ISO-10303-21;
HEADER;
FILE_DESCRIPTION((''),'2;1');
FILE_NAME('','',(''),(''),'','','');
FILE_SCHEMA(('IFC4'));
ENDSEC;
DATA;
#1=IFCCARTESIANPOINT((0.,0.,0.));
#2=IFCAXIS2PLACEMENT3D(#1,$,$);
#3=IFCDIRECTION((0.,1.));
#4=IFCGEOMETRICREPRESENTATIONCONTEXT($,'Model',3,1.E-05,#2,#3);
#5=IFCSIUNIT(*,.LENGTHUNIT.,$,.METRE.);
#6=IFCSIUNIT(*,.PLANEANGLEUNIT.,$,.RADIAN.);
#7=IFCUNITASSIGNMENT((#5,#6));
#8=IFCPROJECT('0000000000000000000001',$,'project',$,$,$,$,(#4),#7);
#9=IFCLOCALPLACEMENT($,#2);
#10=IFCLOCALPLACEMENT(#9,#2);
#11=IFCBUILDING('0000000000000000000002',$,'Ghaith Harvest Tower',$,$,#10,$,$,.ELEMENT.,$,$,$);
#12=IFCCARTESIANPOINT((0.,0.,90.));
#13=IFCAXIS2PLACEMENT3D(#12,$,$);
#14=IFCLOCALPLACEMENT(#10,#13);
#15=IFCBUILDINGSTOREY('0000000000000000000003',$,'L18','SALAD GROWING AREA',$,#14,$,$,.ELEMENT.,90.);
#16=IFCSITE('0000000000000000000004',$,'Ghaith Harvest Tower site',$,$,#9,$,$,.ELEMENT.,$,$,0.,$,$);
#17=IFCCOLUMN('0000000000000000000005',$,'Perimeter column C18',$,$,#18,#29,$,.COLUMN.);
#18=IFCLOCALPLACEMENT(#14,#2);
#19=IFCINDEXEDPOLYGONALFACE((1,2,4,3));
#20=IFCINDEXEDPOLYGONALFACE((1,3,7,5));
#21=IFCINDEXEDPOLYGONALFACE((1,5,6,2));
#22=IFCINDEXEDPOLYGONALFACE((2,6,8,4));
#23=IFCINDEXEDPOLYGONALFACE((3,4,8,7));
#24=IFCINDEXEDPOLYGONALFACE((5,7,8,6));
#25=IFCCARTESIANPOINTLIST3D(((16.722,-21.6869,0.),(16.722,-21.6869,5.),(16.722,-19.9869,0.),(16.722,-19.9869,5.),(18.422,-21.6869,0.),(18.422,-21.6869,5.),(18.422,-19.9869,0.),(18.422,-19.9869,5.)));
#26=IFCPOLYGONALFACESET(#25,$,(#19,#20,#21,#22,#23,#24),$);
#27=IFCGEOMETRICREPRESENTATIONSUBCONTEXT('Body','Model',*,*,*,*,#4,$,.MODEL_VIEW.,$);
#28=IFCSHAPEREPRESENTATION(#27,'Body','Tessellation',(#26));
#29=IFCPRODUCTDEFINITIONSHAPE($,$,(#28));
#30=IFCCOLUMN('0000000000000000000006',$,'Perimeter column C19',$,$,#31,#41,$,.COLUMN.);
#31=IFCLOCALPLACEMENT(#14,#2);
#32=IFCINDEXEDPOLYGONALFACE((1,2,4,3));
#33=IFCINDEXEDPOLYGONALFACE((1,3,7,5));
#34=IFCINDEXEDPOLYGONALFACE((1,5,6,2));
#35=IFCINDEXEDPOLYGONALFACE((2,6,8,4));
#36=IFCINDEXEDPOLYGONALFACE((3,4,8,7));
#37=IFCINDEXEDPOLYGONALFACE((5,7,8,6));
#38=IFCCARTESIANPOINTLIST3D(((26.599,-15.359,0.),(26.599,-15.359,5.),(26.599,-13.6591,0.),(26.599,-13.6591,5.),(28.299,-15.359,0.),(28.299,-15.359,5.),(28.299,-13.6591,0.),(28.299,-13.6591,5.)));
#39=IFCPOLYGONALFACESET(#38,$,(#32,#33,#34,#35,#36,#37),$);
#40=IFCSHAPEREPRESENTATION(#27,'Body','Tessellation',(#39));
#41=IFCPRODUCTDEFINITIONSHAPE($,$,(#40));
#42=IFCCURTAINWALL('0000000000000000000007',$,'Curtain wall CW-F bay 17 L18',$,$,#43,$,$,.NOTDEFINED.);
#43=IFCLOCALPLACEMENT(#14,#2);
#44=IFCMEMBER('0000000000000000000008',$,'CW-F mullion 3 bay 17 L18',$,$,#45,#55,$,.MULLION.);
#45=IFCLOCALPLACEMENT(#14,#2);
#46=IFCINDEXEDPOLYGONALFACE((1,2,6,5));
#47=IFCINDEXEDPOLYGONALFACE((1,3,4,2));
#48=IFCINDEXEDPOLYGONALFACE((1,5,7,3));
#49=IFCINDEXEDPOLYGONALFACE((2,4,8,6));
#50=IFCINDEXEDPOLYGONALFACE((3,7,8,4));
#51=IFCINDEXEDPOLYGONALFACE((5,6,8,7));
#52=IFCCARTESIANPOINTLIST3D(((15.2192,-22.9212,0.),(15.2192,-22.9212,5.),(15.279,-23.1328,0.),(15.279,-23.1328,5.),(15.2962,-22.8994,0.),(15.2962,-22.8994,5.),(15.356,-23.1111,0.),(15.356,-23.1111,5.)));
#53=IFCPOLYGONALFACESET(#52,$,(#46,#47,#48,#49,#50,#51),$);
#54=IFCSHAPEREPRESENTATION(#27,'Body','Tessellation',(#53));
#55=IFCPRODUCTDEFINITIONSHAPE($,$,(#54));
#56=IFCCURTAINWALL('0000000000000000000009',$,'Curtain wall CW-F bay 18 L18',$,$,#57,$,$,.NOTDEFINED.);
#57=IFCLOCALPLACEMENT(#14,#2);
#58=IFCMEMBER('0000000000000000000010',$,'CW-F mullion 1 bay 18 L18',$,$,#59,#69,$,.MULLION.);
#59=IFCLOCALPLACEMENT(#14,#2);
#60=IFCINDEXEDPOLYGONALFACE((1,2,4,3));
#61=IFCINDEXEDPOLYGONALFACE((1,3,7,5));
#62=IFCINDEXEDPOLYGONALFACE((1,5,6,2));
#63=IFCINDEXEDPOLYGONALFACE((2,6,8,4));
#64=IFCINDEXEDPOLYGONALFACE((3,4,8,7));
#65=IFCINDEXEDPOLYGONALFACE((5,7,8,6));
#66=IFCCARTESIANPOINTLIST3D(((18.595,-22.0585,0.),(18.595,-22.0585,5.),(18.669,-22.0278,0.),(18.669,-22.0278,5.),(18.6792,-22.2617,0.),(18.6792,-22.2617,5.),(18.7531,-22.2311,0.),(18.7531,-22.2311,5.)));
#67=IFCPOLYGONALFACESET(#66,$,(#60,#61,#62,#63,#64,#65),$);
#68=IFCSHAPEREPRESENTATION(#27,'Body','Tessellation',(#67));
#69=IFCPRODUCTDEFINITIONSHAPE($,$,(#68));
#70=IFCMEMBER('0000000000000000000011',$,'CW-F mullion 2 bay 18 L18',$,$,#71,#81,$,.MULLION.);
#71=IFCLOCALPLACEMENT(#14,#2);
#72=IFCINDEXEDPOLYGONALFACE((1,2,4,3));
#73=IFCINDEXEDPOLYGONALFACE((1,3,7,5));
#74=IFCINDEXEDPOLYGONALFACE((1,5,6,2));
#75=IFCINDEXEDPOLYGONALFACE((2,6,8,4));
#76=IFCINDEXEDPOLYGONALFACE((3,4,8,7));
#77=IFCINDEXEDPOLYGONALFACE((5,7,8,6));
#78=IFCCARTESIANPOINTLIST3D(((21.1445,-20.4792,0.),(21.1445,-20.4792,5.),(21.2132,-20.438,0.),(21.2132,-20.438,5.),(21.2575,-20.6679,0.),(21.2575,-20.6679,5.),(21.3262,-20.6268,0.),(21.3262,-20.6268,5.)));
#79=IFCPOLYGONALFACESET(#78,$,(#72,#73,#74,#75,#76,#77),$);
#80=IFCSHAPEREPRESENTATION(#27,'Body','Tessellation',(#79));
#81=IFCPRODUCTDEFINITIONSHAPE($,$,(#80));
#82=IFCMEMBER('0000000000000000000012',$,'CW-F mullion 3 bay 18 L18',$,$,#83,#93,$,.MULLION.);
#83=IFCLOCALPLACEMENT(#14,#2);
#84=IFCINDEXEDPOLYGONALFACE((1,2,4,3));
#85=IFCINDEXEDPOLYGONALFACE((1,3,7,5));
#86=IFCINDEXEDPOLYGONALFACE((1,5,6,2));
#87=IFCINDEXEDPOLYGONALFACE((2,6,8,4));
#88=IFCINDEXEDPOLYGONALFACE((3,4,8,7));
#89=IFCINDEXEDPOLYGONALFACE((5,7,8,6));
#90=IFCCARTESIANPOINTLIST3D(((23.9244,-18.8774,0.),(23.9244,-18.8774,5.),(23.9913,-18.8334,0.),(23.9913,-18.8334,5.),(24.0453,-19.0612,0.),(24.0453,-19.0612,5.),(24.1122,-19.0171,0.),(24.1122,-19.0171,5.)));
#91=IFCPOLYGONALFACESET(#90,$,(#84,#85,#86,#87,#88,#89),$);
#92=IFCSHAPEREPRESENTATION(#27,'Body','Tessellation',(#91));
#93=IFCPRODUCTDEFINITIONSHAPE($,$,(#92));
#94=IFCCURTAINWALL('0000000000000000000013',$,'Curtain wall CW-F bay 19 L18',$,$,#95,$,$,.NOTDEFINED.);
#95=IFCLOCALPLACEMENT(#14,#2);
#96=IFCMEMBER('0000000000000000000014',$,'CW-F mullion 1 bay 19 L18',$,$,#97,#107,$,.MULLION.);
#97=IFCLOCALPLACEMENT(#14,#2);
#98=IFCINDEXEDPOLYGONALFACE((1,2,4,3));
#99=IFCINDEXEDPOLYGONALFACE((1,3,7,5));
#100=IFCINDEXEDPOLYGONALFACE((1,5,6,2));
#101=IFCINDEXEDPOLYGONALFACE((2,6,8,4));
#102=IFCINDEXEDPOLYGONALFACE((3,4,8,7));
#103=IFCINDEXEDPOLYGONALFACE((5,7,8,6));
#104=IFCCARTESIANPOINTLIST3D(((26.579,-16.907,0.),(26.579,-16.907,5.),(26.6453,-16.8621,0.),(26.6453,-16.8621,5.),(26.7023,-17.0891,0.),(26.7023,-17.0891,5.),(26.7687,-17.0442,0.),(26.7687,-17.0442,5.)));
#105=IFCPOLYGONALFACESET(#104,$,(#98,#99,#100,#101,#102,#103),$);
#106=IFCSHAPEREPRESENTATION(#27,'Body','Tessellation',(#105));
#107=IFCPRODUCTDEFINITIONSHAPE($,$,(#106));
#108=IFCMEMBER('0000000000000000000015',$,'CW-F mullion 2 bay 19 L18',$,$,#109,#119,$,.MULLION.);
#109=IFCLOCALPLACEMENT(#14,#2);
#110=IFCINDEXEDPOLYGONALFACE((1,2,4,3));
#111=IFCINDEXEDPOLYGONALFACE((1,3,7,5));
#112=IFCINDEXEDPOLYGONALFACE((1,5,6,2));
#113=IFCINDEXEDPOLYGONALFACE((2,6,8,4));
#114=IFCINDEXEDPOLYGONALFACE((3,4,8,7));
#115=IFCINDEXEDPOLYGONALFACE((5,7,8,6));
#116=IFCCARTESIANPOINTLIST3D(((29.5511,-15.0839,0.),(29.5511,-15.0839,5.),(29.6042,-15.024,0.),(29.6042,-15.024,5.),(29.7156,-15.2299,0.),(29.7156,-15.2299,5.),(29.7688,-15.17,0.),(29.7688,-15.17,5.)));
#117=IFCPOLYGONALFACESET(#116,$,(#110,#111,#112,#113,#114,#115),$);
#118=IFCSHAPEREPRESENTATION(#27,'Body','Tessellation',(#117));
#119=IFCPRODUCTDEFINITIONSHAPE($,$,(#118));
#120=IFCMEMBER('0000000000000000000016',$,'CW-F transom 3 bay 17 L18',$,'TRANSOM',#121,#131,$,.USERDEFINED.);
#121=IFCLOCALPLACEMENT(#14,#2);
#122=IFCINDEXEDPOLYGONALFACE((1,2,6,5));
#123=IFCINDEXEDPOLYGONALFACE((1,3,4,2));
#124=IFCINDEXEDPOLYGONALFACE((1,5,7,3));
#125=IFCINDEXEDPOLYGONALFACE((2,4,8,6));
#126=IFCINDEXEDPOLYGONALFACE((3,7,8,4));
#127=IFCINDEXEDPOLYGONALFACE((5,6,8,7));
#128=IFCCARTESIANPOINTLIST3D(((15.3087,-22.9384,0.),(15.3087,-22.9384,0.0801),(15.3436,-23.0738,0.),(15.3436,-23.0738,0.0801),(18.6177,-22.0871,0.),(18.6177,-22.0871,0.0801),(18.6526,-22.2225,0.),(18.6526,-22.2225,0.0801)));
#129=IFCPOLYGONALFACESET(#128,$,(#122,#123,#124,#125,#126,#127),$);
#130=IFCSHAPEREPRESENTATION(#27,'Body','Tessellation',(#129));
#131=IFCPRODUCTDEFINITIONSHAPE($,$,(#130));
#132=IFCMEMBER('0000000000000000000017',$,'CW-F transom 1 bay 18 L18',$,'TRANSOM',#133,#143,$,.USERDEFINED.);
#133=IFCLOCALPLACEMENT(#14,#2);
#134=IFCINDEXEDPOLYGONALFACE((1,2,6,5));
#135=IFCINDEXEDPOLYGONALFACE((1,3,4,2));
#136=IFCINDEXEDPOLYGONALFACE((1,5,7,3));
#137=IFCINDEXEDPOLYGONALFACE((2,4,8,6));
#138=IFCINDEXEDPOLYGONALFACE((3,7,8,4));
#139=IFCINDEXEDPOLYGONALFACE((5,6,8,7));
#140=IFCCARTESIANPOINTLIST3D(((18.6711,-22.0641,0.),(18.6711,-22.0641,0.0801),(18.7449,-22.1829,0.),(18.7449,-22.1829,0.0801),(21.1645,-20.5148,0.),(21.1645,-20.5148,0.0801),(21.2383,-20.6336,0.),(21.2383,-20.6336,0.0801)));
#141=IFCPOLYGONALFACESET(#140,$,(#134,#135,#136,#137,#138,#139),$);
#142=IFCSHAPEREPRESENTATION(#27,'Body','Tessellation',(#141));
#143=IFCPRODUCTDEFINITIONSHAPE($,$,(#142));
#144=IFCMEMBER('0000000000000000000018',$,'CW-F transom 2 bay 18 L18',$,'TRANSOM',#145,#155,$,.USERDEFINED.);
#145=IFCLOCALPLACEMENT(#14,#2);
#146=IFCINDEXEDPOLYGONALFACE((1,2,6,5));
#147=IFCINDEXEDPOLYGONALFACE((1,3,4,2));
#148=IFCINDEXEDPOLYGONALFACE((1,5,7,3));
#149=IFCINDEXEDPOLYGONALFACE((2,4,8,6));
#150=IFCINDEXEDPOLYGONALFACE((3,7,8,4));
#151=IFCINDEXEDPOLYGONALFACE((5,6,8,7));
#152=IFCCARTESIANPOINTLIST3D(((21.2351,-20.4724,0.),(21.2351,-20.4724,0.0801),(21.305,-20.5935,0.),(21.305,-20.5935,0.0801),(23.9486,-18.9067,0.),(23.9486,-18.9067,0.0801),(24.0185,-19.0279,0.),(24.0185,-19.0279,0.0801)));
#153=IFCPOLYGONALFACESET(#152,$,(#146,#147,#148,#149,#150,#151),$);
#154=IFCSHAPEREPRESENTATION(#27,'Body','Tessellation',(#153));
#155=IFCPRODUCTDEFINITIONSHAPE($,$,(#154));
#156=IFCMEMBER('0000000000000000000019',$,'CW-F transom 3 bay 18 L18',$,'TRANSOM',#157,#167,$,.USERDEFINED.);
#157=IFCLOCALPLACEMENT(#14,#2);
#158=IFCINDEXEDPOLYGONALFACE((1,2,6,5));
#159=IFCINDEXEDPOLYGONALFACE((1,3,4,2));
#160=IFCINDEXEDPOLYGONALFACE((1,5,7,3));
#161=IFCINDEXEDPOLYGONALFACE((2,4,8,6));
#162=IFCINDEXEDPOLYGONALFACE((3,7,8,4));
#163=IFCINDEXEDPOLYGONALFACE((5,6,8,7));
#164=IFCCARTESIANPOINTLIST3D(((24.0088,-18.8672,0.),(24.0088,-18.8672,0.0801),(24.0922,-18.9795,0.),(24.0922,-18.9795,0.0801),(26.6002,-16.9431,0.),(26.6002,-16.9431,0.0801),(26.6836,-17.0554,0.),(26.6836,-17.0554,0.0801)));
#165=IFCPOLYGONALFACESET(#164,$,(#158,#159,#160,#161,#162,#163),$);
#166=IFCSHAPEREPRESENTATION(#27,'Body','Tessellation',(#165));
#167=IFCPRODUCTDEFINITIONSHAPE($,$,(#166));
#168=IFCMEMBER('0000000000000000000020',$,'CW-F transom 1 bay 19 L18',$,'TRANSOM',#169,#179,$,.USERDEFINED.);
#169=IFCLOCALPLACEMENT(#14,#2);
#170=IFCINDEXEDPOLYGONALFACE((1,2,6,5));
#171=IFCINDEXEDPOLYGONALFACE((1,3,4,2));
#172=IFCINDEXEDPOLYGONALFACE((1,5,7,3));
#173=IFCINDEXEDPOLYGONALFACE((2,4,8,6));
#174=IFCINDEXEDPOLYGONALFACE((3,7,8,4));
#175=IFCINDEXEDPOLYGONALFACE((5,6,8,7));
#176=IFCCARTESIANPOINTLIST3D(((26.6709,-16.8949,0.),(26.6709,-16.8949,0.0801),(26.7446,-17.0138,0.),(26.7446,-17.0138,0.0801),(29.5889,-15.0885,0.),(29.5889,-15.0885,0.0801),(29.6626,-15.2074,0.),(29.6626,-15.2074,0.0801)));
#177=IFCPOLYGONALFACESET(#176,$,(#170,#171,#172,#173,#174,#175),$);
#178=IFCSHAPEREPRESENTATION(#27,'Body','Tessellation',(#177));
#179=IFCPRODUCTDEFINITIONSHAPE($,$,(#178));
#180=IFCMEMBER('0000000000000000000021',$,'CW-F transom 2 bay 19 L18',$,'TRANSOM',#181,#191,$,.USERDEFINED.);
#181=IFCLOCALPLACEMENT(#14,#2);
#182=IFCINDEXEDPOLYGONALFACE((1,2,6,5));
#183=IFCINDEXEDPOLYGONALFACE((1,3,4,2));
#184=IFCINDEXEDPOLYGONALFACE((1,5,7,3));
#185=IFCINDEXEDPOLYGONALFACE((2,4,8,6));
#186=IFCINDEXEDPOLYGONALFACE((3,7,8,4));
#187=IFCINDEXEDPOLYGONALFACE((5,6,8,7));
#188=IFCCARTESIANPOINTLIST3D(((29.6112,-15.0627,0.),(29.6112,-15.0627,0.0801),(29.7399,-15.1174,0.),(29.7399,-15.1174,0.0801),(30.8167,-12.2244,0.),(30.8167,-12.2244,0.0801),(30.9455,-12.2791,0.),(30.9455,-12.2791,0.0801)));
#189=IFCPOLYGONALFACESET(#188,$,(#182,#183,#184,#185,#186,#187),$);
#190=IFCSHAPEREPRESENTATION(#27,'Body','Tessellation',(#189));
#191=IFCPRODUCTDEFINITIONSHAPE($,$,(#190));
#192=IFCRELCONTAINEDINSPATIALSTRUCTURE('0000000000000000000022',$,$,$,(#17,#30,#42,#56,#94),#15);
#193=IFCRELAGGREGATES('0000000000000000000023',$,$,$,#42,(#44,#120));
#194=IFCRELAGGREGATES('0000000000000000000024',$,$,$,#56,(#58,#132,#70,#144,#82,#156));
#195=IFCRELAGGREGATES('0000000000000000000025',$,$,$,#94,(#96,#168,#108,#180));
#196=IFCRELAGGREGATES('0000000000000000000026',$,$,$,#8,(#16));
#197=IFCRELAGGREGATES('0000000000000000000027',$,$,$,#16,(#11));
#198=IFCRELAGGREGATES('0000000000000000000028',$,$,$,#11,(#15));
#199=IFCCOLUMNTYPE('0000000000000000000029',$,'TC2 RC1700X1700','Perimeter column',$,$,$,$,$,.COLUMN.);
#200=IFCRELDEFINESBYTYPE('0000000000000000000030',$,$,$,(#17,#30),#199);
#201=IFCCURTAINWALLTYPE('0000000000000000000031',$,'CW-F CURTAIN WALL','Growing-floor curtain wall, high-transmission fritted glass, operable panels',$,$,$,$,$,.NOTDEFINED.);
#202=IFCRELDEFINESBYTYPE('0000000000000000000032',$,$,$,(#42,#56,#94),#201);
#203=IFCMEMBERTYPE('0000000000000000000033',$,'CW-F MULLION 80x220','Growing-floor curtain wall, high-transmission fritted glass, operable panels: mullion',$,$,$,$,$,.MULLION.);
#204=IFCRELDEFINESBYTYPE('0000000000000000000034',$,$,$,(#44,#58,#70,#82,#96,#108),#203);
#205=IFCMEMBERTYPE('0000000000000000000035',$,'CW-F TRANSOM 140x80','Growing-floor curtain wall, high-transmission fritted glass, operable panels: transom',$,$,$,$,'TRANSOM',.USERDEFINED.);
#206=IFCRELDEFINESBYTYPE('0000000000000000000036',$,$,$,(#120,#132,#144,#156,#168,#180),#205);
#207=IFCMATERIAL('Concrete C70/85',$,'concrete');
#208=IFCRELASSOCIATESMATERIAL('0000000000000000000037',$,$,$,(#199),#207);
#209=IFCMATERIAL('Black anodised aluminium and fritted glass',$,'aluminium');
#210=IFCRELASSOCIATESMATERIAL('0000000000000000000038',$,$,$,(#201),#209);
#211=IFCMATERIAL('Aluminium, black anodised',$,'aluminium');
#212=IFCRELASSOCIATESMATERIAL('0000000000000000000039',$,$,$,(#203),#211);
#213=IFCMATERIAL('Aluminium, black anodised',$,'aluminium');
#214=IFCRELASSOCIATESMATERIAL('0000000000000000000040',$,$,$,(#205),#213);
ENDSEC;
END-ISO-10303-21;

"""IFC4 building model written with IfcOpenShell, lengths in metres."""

from ifc_helpers import new_model, si_unit, direction, frame, origin, origin_2d, place, context, subcontext, project, spatial, rectangle, extrude, material, material_profile, profile_set, type_object, element, aggregate, save


model = new_model("IFC4")

# Units and contexts
model_context = context("Model", 3, precision=1e-05, world=origin(), true_north=direction((0.0, 1.0)))
body_context = subcontext(model_context, "Body", "Model", "MODEL_VIEW")
ifc_project = project(units=[si_unit("LENGTHUNIT", "METRE"), si_unit("PLANEANGLEUNIT", "RADIAN")], contexts=[model_context])

# Site, building, storey
site_placement = place(None, origin())
site = spatial("IfcSite", under=ifc_project, at=site_placement, Name="Ghaith Harvest Tower site", CompositionType="ELEMENT", RefElevation=0.0)
building_placement = place(site_placement, origin())
building = spatial("IfcBuilding", under=site, at=building_placement, Name="Ghaith Harvest Tower", CompositionType="ELEMENT")
storey_placement = place(building_placement, frame((0.0, 0.0, 90.0)))
storey = spatial("IfcBuildingStorey", under=building, at=storey_placement, Name="L18", Description="SALAD GROWING AREA", CompositionType="ELEMENT", Elevation=90.0)

# Columns
ifc_material_1 = material(Name="Concrete C70/85", Category="concrete")
ifc_material_profile_1 = material_profile(ifc_material_1, rectangle(XDim=1.7, YDim=1.7, at=origin_2d()), Name="RC1700X1700")
ifc_profile_set_1 = profile_set([ifc_material_profile_1], Name="Concrete C70/85")
column_type = type_object("IfcColumnType", Name="TC2 RC1700X1700", Description="Perimeter column", PredefinedType="COLUMN", material=ifc_profile_set_1)
for number, where, z_axis, x_axis, name in (
    (1, (17.572, -20.8369, 0.0), (0.0, 0.0, 1.0), (1.0, 0.0, 0.0), "Perimeter column C18"),
    (2, (27.449, -14.509, 0.0), (0.0, 0.0, 1.0), (1.0, 0.0, 0.0), "Perimeter column C19"),
):
    element("IfcColumn", number, at=place(storey_placement, frame(where, z_axis=z_axis, x_axis=x_axis)), inside=storey, type_object=column_type, Name=name, PredefinedType="COLUMN", context=body_context, shape_type="SweptSolid", body=[
        extrude(rectangle(XDim=1.7, YDim=1.7, at=origin_2d()), origin(), (0.0, 0.0, 1.0), 5.0),
    ])

# Curtain wall, member
ifc_material_2 = material(Name="Black anodised aluminium and fritted glass", Category="aluminium")
curtain_wall_type = type_object("IfcCurtainWallType", Name="CW-F CURTAIN WALL", Description="Growing-floor curtain wall, high-transmission fritted glass, operable panels", PredefinedType="NOTDEFINED", material=ifc_material_2)
curtain_wall_1_placement = place(storey_placement, origin())
curtain_wall_1 = element("IfcCurtainWall", 3, at=curtain_wall_1_placement, inside=storey, type_object=curtain_wall_type, Name="Curtain wall CW-F bay 17 L18", PredefinedType="NOTDEFINED")
ifc_material_3 = material(Name="Aluminium, black anodised", Category="aluminium")
ifc_material_profile_2 = material_profile(ifc_material_3, rectangle(XDim=0.0801, YDim=0.22, at=origin_2d()), Name="CW-F MULLION 80x220")
ifc_profile_set_2 = profile_set([ifc_material_profile_2], Name="Aluminium, black anodised")
member_type_1 = type_object("IfcMemberType", Name="CW-F MULLION 80x220", Description="Growing-floor curtain wall, high-transmission fritted glass, operable panels: mullion", PredefinedType="MULLION", material=ifc_profile_set_2)
member_1_placement = place(storey_placement, frame((15.2876, -23.0161, 0.0), z_axis=(0.0, 0.0, 1.0), x_axis=(0.962313, 0.271944, 0.0)))
member_1 = element("IfcMember", 4, at=member_1_placement, type_object=member_type_1, Name="CW-F mullion 3 bay 17 L18", PredefinedType="MULLION", context=body_context, shape_type="SweptSolid", body=[
    extrude(rectangle(XDim=0.0801, YDim=0.22, at=origin_2d()), origin(), (0.0, 0.0, 1.0), 5.0),
])

# Curtain walls, members
curtain_wall_2_placement = place(storey_placement, origin())
curtain_wall_2 = element("IfcCurtainWall", 5, at=curtain_wall_2_placement, inside=storey, type_object=curtain_wall_type, Name="Curtain wall CW-F bay 18 L18", PredefinedType="NOTDEFINED")
member_2_placement = place(storey_placement, frame((18.6741, -22.1448, 0.0), z_axis=(0.0, 0.0, 1.0), x_axis=(0.92391, 0.382609, 0.0)))
member_2 = element("IfcMember", 6, at=member_2_placement, type_object=member_type_1, Name="CW-F mullion 1 bay 18 L18", PredefinedType="MULLION", context=body_context, shape_type="SweptSolid", body=[
    extrude(rectangle(XDim=0.0801, YDim=0.22, at=origin_2d()), origin(), (0.0, 0.0, 1.0), 5.0),
])
member_3_placement = place(storey_placement, frame((21.2354, -20.553, 0.0), z_axis=(0.0, 0.0, 1.0), x_axis=(0.85814, 0.513415, 0.0)))
member_3 = element("IfcMember", 7, at=member_3_placement, type_object=member_type_1, Name="CW-F mullion 2 bay 18 L18", PredefinedType="MULLION", context=body_context, shape_type="SweptSolid", body=[
    extrude(rectangle(XDim=0.0801, YDim=0.22, at=origin_2d()), origin(), (0.0, 0.0, 1.0), 5.0),
])
member_4_placement = place(storey_placement, frame((24.0183, -18.9473, 0.0), z_axis=(0.0, 0.0, 1.0), x_axis=(0.835444, 0.549576, 0.0)))
member_4 = element("IfcMember", 8, at=member_4_placement, type_object=member_type_1, Name="CW-F mullion 3 bay 18 L18", PredefinedType="MULLION", context=body_context, shape_type="SweptSolid", body=[
    extrude(rectangle(XDim=0.0801, YDim=0.22, at=origin_2d()), origin(), (0.0, 0.0, 1.0), 5.0),
])
curtain_wall_3_placement = place(storey_placement, origin())
curtain_wall_3 = element("IfcCurtainWall", 9, at=curtain_wall_3_placement, inside=storey, type_object=curtain_wall_type, Name="Curtain wall CW-F bay 19 L18", PredefinedType="NOTDEFINED")
member_5_placement = place(storey_placement, frame((26.6738, -16.9756, 0.0), z_axis=(0.0, 0.0, 1.0), x_axis=(0.828002, 0.560725, 0.0)))
member_5 = element("IfcMember", 10, at=member_5_placement, type_object=member_type_1, Name="CW-F mullion 1 bay 19 L18", PredefinedType="MULLION", context=body_context, shape_type="SweptSolid", body=[
    extrude(rectangle(XDim=0.0801, YDim=0.22, at=origin_2d()), origin(), (0.0, 0.0, 1.0), 5.0),
])
member_6_placement = place(storey_placement, frame((29.6599, -15.127, 0.0), z_axis=(0.0, 0.0, 1.0), x_axis=(0.663605, 0.748083, 0.0)))
member_6 = element("IfcMember", 11, at=member_6_placement, type_object=member_type_1, Name="CW-F mullion 2 bay 19 L18", PredefinedType="MULLION", context=body_context, shape_type="SweptSolid", body=[
    extrude(rectangle(XDim=0.0801, YDim=0.22, at=origin_2d()), origin(), (0.0, 0.0, 1.0), 5.0),
])

# Members
ifc_material_4 = material(Name="Aluminium, black anodised", Category="aluminium")
ifc_material_profile_3 = material_profile(ifc_material_4, rectangle(XDim=0.1399, YDim=0.0801, at=origin_2d()), Name="CW-F TRANSOM 140x80")
ifc_profile_set_3 = profile_set([ifc_material_profile_3], Name="Aluminium, black anodised")
member_type_2 = type_object("IfcMemberType", Name="CW-F TRANSOM 140x80", Description="Growing-floor curtain wall, high-transmission fritted glass, operable panels: transom", ElementType="TRANSOM", PredefinedType="USERDEFINED", material=ifc_profile_set_3)
member_7_placement = place(storey_placement, frame((15.3262, -23.0061, 0.04), z_axis=(0.968464, 0.249154, 0.0), x_axis=(-0.249154, 0.968464, 0.0)))
member_7 = element("IfcMember", 12, at=member_7_placement, type_object=member_type_2, Name="CW-F transom 3 bay 17 L18", ObjectType="TRANSOM", PredefinedType="USERDEFINED", context=body_context, shape_type="SweptSolid", body=[
    extrude(rectangle(XDim=0.1399, YDim=0.0801, at=origin_2d()), origin(), (0.0, 0.0, 1.0), 3.4167),
])
member_8_placement = place(storey_placement, frame((18.708, -22.1235, 0.04), z_axis=(0.849383, 0.527777, 0.0), x_axis=(-0.527777, 0.849383, 0.0)))
member_8 = element("IfcMember", 13, at=member_8_placement, type_object=member_type_2, Name="CW-F transom 1 bay 18 L18", ObjectType="TRANSOM", PredefinedType="USERDEFINED", context=body_context, shape_type="SweptSolid", body=[
    extrude(rectangle(XDim=0.1399, YDim=0.0801, at=origin_2d()), origin(), (0.0, 0.0, 1.0), 2.9355),
])
member_9_placement = place(storey_placement, frame((21.27, -20.533, 0.04), z_axis=(0.866169, 0.499752, 0.0), x_axis=(-0.499752, 0.866169, 0.0)))
member_9 = element("IfcMember", 14, at=member_9_placement, type_object=member_type_2, Name="CW-F transom 2 bay 18 L18", ObjectType="TRANSOM", PredefinedType="USERDEFINED", context=body_context, shape_type="SweptSolid", body=[
    extrude(rectangle(XDim=0.1399, YDim=0.0801, at=origin_2d()), origin(), (0.0, 0.0, 1.0), 3.1328),
])
member_10_placement = place(storey_placement, frame((24.0505, -18.9233, 0.04), z_axis=(0.802877, 0.596144, 0.0), x_axis=(-0.596144, 0.802877, 0.0)))
member_10 = element("IfcMember", 15, at=member_10_placement, type_object=member_type_2, Name="CW-F transom 3 bay 18 L18", ObjectType="TRANSOM", PredefinedType="USERDEFINED", context=body_context, shape_type="SweptSolid", body=[
    extrude(rectangle(XDim=0.1399, YDim=0.0801, at=origin_2d()), origin(), (0.0, 0.0, 1.0), 3.2275),
])
member_11_placement = place(storey_placement, frame((26.7078, -16.9543, 0.04), z_axis=(0.850261, 0.526362, 0.0), x_axis=(-0.526362, 0.850261, 0.0)))
member_11 = element("IfcMember", 16, at=member_11_placement, type_object=member_type_2, Name="CW-F transom 1 bay 19 L18", ObjectType="TRANSOM", PredefinedType="USERDEFINED", context=body_context, shape_type="SweptSolid", body=[
    extrude(rectangle(XDim=0.1399, YDim=0.0801, at=origin_2d()), origin(), (0.0, 0.0, 1.0), 3.4319),
])
member_12_placement = place(storey_placement, frame((29.6755, -15.0901, 0.04), z_axis=(0.390936, 0.920418, 0.0), x_axis=(-0.920418, 0.390936, 0.0)))
member_12 = element("IfcMember", 17, at=member_12_placement, type_object=member_type_2, Name="CW-F transom 2 bay 19 L18", ObjectType="TRANSOM", PredefinedType="USERDEFINED", context=body_context, shape_type="SweptSolid", body=[
    extrude(rectangle(XDim=0.1399, YDim=0.0801, at=origin_2d()), origin(), (0.0, 0.0, 1.0), 3.0837),
])

aggregate(curtain_wall_1, [member_1, member_7])
aggregate(curtain_wall_2, [member_2, member_8, member_3, member_9, member_4, member_10])
aggregate(curtain_wall_3, [member_5, member_11, member_6, member_12])

save(model, "model.ifc")
